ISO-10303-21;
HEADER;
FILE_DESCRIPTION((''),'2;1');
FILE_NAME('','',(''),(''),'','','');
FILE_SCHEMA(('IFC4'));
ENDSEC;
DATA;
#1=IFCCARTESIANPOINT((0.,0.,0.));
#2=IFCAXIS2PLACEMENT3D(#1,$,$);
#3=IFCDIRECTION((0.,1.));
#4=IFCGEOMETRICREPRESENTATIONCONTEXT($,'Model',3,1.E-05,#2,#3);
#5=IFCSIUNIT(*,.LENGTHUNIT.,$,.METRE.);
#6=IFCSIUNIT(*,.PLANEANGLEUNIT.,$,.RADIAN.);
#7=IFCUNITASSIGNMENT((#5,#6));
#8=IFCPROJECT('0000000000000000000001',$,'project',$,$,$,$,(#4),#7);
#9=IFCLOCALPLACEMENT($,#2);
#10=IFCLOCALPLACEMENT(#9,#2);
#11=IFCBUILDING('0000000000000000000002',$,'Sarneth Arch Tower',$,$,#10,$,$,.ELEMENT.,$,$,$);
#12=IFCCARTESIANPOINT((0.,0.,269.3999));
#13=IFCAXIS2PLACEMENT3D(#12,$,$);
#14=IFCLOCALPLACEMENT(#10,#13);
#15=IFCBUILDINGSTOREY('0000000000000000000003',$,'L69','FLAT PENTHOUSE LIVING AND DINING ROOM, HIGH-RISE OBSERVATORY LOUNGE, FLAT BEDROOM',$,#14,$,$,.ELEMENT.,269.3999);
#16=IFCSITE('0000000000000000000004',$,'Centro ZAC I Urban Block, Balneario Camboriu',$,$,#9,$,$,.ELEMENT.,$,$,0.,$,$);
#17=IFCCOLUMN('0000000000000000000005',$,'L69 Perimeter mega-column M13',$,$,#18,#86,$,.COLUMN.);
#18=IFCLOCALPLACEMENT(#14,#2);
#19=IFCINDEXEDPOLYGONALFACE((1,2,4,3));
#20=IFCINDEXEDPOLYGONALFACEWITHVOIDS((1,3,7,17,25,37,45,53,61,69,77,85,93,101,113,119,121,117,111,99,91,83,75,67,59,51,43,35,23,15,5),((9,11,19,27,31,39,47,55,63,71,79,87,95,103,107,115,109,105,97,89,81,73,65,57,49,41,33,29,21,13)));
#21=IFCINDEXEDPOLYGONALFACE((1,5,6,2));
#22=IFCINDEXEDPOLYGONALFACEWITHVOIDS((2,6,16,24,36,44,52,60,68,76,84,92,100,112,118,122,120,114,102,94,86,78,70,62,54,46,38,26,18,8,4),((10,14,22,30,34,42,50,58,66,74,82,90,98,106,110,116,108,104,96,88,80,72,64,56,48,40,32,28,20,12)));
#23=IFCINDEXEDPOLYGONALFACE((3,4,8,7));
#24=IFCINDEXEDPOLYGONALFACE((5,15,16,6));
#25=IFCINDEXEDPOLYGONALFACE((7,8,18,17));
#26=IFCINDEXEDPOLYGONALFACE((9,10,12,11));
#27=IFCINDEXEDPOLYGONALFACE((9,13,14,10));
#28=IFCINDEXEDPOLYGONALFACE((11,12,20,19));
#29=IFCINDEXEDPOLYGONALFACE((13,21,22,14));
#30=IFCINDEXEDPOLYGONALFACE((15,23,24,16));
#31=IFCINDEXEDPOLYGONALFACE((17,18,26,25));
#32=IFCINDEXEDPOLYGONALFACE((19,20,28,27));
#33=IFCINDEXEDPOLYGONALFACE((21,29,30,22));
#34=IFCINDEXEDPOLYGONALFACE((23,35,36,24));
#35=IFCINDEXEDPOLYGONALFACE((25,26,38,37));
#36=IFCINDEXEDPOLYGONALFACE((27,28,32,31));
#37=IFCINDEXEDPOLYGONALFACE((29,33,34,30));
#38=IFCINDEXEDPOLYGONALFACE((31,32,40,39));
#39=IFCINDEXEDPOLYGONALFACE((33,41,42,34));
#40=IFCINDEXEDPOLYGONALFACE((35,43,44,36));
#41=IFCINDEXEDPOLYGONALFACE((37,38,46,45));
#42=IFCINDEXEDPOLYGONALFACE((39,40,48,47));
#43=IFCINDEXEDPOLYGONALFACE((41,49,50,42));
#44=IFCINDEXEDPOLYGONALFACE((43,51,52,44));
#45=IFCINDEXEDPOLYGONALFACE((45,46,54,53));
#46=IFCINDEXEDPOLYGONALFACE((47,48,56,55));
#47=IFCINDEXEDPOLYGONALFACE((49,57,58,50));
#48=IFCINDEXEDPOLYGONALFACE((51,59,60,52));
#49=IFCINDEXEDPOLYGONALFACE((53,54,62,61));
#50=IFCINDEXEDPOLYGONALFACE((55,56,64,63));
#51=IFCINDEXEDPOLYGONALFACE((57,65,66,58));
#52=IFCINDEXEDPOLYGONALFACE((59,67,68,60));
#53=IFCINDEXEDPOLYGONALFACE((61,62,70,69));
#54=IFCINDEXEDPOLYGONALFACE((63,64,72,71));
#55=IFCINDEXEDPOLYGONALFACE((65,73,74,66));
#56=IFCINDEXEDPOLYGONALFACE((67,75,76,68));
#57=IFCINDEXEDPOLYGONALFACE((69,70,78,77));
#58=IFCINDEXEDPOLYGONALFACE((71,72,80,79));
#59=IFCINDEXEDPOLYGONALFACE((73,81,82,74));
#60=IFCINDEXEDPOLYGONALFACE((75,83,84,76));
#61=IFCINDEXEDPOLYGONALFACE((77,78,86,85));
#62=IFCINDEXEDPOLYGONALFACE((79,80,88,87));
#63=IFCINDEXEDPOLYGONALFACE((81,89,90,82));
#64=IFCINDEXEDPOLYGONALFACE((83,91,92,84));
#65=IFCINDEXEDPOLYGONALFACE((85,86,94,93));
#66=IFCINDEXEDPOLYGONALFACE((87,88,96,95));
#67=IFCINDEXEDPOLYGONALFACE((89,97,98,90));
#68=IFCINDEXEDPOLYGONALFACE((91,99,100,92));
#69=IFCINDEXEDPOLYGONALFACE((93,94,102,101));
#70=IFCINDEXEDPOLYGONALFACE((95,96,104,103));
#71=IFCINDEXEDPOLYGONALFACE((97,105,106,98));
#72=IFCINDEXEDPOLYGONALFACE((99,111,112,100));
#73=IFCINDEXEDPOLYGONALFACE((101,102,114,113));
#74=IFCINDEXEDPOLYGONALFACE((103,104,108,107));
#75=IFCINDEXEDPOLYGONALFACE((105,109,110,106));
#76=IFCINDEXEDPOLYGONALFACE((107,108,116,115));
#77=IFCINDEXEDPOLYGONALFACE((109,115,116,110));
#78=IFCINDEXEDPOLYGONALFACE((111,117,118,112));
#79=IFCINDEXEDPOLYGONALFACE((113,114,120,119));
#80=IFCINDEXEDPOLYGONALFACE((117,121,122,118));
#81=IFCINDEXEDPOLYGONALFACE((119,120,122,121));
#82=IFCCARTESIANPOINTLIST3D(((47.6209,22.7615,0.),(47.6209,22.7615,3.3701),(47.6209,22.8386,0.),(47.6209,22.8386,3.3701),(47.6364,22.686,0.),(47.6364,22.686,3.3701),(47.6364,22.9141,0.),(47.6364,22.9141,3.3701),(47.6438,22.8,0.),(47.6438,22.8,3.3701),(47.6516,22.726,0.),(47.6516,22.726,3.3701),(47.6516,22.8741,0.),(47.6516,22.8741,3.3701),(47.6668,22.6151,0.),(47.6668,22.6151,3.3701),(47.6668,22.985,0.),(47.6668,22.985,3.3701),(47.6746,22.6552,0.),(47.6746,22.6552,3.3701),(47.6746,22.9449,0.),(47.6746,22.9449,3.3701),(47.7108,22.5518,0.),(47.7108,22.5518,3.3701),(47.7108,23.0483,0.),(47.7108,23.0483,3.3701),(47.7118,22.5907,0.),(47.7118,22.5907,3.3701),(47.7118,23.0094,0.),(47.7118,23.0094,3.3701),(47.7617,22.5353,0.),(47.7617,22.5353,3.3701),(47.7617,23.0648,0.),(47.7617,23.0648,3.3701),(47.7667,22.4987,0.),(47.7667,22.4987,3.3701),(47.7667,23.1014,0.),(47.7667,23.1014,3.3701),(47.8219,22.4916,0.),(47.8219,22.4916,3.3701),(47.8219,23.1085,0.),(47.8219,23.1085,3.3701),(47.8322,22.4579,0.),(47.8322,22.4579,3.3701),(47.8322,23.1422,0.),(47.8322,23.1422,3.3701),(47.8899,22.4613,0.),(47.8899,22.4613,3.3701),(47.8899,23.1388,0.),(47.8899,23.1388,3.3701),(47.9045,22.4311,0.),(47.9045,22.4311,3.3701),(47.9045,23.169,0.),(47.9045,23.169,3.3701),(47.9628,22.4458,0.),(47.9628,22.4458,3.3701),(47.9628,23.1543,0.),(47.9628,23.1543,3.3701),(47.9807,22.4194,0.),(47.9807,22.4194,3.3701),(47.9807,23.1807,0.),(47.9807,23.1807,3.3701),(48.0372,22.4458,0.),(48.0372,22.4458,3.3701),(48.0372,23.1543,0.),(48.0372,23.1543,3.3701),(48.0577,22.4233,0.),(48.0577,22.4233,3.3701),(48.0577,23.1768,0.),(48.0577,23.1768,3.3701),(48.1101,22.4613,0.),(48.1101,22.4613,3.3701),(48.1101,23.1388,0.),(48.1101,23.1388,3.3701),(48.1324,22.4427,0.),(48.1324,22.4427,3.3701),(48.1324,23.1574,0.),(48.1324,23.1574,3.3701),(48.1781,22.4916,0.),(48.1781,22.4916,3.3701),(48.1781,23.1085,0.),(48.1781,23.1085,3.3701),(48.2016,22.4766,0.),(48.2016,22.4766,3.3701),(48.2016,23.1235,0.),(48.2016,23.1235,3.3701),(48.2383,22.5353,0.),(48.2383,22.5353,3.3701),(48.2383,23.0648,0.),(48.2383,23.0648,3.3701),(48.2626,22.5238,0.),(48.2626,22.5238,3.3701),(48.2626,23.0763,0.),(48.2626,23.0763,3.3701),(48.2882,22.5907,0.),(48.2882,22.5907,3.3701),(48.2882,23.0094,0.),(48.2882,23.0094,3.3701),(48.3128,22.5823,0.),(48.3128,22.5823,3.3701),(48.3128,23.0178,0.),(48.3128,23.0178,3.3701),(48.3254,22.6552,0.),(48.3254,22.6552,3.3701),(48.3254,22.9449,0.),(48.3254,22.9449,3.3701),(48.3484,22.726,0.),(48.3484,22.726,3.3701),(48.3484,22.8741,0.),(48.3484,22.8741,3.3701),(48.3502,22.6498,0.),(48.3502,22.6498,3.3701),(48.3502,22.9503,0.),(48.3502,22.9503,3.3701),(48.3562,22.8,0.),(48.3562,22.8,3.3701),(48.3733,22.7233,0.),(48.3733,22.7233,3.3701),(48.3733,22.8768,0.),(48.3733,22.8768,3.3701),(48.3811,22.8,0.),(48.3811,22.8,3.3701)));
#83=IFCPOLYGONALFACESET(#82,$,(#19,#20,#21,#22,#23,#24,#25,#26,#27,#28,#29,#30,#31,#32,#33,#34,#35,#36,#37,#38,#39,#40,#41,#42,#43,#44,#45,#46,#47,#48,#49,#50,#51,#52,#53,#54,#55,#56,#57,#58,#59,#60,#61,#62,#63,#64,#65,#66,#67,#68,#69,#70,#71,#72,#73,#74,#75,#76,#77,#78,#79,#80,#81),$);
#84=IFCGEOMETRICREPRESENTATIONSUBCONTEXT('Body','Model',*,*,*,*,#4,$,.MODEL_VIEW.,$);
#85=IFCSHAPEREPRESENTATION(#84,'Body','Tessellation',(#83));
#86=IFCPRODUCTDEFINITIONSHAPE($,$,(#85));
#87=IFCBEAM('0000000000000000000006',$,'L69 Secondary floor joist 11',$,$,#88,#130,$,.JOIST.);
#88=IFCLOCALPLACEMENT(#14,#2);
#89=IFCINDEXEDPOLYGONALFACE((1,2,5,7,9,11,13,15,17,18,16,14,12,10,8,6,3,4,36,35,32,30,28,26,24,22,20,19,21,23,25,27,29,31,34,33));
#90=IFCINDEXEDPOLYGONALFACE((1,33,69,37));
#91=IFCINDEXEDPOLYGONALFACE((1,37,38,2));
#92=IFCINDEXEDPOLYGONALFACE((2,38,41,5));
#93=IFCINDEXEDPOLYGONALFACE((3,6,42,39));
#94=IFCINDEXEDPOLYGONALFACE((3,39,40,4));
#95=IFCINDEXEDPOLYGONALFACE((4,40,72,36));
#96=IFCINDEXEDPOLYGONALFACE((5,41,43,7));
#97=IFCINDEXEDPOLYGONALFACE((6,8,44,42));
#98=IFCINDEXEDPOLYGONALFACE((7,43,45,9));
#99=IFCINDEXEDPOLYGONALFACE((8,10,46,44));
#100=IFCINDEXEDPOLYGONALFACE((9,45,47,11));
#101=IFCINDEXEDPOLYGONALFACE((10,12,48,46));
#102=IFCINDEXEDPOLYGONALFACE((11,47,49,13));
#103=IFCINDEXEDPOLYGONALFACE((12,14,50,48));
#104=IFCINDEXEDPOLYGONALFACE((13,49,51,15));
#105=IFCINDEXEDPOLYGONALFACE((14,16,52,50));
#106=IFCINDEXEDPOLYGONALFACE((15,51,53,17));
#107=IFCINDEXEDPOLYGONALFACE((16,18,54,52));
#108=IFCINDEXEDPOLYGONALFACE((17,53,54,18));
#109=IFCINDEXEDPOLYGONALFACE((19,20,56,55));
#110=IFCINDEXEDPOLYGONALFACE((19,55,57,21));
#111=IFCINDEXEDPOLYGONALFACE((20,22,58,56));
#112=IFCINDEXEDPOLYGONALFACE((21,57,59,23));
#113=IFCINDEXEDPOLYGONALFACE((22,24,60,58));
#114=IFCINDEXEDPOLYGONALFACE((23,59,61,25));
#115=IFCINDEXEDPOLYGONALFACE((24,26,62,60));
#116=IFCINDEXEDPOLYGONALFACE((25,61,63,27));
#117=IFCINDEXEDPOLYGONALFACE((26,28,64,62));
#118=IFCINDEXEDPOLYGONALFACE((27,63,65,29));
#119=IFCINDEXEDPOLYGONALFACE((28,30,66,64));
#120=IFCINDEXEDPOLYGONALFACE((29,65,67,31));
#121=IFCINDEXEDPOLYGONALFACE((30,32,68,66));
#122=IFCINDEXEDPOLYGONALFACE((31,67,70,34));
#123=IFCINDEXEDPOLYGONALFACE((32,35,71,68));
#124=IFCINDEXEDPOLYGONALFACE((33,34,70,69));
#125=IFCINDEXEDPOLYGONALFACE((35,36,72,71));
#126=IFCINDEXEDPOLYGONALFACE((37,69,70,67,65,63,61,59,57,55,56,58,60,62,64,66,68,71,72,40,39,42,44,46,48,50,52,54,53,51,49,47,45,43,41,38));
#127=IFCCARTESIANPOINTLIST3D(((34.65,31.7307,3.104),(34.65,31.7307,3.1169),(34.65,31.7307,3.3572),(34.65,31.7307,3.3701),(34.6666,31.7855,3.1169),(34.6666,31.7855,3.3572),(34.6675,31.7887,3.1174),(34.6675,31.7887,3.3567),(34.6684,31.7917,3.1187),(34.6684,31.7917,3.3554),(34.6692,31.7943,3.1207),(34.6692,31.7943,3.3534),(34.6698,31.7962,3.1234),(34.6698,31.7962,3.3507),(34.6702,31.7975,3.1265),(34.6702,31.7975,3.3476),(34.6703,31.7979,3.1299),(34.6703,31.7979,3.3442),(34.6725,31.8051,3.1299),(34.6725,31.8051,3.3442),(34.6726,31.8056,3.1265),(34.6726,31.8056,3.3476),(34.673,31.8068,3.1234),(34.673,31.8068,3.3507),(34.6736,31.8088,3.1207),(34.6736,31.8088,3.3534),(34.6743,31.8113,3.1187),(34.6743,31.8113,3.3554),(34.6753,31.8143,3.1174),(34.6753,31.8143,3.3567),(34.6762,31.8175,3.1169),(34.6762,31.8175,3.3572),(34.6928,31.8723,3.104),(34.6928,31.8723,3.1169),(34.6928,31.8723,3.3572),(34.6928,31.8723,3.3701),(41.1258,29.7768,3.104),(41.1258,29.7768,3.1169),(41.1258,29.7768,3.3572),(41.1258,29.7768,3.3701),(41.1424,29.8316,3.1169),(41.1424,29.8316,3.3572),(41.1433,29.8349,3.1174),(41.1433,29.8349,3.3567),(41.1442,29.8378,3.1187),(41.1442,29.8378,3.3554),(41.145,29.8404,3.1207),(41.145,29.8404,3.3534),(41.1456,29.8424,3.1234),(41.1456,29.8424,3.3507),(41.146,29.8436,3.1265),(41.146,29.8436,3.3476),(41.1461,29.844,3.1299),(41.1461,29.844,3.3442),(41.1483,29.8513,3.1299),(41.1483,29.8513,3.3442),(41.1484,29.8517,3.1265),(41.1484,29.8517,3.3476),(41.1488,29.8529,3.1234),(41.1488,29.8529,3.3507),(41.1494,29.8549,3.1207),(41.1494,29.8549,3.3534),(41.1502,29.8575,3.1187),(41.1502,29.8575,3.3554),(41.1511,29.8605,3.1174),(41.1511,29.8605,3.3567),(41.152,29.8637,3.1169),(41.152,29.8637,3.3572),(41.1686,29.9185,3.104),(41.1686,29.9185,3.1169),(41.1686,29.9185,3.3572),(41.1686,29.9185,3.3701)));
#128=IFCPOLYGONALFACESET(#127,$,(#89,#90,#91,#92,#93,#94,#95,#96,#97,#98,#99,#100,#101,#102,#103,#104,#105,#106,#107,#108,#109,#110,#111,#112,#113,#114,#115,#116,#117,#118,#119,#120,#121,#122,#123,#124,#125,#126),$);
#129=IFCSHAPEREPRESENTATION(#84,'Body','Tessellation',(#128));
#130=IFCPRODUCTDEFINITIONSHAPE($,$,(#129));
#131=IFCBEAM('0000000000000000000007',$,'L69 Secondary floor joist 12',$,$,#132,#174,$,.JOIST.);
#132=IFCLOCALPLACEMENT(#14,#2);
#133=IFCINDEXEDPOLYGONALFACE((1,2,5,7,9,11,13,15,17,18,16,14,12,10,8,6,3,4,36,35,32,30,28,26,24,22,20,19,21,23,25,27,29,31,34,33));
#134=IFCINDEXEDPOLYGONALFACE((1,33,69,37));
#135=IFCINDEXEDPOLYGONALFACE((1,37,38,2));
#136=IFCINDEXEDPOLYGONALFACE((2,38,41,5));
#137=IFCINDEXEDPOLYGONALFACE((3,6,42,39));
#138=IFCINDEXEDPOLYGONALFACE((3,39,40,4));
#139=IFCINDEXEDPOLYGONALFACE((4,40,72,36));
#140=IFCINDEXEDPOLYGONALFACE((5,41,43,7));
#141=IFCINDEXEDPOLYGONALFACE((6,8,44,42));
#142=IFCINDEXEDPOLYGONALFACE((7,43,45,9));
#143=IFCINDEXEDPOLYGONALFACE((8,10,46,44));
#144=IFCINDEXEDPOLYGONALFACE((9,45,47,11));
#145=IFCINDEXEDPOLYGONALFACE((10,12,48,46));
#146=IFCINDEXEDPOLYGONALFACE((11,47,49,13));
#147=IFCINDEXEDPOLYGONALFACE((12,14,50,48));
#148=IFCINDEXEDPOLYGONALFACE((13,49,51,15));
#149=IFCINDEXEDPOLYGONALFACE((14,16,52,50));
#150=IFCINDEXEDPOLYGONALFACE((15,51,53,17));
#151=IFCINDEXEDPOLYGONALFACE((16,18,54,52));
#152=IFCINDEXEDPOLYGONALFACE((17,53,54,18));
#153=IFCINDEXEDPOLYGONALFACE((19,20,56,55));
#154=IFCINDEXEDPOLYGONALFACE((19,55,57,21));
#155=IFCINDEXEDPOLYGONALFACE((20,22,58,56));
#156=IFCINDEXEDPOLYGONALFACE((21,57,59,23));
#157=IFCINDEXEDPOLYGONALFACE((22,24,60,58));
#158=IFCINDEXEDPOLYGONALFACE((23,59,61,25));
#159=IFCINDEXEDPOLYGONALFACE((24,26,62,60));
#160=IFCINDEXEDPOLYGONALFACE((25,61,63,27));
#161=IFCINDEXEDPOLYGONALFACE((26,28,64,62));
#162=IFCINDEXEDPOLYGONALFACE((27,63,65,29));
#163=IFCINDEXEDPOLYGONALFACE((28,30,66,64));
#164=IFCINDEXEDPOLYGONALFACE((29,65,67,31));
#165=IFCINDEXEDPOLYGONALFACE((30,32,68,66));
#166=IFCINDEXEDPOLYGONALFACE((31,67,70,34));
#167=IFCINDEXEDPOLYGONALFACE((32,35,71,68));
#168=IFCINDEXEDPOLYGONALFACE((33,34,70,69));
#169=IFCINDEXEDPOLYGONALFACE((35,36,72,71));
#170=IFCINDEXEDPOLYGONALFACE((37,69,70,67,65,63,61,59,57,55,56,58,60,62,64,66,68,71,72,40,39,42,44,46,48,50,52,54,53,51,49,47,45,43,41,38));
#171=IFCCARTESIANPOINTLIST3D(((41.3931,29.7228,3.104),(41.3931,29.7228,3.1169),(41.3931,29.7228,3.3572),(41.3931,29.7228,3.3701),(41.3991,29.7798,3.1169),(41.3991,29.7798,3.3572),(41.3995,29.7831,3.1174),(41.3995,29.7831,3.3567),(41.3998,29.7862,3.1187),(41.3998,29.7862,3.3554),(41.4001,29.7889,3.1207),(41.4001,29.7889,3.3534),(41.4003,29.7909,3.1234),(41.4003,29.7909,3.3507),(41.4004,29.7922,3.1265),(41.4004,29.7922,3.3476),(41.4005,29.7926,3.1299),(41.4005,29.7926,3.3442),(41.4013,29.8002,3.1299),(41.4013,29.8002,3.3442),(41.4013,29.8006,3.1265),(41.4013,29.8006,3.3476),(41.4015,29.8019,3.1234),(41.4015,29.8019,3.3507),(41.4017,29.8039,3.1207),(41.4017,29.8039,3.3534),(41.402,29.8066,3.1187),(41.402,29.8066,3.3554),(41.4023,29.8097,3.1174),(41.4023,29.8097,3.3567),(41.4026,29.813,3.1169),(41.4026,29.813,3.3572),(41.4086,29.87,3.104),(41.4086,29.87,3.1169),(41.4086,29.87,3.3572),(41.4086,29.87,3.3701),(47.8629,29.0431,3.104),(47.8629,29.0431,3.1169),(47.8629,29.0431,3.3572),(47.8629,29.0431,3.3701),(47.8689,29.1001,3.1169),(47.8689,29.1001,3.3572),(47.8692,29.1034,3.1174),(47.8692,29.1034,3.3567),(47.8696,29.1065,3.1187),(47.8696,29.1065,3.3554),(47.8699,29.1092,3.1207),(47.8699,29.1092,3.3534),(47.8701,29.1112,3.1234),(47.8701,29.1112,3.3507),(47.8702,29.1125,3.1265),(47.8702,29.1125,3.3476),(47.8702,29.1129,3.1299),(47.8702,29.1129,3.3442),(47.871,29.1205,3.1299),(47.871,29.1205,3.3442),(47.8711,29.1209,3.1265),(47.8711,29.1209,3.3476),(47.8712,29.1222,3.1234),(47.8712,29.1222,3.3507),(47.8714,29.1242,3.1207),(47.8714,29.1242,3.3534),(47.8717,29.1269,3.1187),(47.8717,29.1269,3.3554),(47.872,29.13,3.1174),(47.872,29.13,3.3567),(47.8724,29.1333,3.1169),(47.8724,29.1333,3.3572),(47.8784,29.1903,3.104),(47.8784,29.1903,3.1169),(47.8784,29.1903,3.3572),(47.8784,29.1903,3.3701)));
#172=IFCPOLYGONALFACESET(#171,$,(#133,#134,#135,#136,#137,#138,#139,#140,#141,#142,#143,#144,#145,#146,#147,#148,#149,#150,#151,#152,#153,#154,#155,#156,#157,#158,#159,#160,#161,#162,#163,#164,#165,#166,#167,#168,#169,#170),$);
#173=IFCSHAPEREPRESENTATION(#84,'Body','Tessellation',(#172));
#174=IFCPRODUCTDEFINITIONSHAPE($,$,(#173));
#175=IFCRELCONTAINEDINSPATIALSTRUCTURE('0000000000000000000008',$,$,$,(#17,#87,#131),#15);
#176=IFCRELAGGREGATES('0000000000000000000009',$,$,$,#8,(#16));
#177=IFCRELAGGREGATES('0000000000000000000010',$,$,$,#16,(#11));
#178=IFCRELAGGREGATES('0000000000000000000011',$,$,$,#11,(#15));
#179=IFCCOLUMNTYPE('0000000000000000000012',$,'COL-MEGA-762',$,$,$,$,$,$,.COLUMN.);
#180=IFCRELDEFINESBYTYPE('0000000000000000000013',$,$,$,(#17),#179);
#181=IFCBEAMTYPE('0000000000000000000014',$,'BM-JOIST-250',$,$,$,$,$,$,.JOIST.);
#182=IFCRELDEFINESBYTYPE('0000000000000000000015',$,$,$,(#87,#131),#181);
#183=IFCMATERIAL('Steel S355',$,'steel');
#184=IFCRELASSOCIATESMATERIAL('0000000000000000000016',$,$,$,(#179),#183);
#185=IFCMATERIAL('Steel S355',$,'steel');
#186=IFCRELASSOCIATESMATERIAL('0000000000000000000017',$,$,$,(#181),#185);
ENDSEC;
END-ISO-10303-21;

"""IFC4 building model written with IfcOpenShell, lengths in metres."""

from ifc_helpers import new_model, si_unit, direction, frame, origin, origin_2d, place, context, subcontext, project, spatial, hollow_circle, i_section, extrude, material, material_profile, profile_set, type_object, element, save


model = new_model("IFC4")

# Units and contexts
model_context = context("Model", 3, precision=1e-05, world=origin(), true_north=direction((0.0, 1.0)))
body_context = subcontext(model_context, "Body", "Model", "MODEL_VIEW")
ifc_project = project(units=[si_unit("LENGTHUNIT", "METRE"), si_unit("PLANEANGLEUNIT", "RADIAN")], contexts=[model_context])

# Site, building, storey
site_placement = place(None, origin())
site = spatial("IfcSite", under=ifc_project, at=site_placement, Name="Centro ZAC I Urban Block, Balneario Camboriu", CompositionType="ELEMENT", RefElevation=0.0)
building_placement = place(site_placement, origin())
building = spatial("IfcBuilding", under=site, at=building_placement, Name="Sarneth Arch Tower", CompositionType="ELEMENT")
storey_placement = place(building_placement, frame((0.0, 0.0, 269.3999)))
storey = spatial("IfcBuildingStorey", under=building, at=storey_placement, Name="L69", Description="FLAT PENTHOUSE LIVING AND DINING ROOM, HIGH-RISE OBSERVATORY LOUNGE, FLAT BEDROOM", CompositionType="ELEMENT", Elevation=269.3999)

# Column
ifc_material_1 = material(Name="Steel S355", Category="steel")
ifc_material_profile_1 = material_profile(ifc_material_1, hollow_circle(Radius=0.3811, WallThickness=0.0249, at=origin_2d()), Name="CHS762x25")
ifc_profile_set_1 = profile_set([ifc_material_profile_1], Name="Steel S355")
column_type = type_object("IfcColumnType", Name="COL-MEGA-762", PredefinedType="COLUMN", material=ifc_profile_set_1)
for number, where, z_axis, x_axis, name in (
    (1, (48.0, 22.8, 0.0), (0.0, 0.0, 1.0), (1.0, 0.0, 0.0), "L69 Perimeter mega-column M13"),
):
    element("IfcColumn", number, at=place(storey_placement, frame(where, z_axis=z_axis, x_axis=x_axis)), inside=storey, type_object=column_type, Name=name, PredefinedType="COLUMN", context=body_context, shape_type="SweptSolid", body=[
        extrude(hollow_circle(Radius=0.3811, WallThickness=0.0249, at=origin_2d()), origin(), (0.0, 0.0, 1.0), 3.3701),
    ])

# Beams
ifc_material_2 = material(Name="Steel S355", Category="steel")
ifc_material_profile_2 = material_profile(ifc_material_2, i_section(OverallWidth=0.1479, OverallDepth=0.2661, WebThickness=0.0076, FlangeThickness=0.0129, FilletRadius=0.0129, at=origin_2d()), Name="W250x44.8")
ifc_profile_set_2 = profile_set([ifc_material_profile_2], Name="Steel S355")
beam_type_1 = type_object("IfcBeamType", Name="BM-JOIST-250", PredefinedType="JOIST", material=ifc_profile_set_2)
beam_1_placement = place(storey_placement, frame((34.6714, 31.8015, 3.2371), z_axis=(0.957373, -0.288854, 0.0), x_axis=(0.288854, 0.957373, 0.0)))
element("IfcBeam", 2, at=beam_1_placement, inside=storey, type_object=beam_type_1, Name="L69 Secondary floor joist 11", PredefinedType="JOIST", context=body_context, shape_type="SweptSolid", body=[
    extrude(i_section(OverallWidth=0.1479, OverallDepth=0.2661, WebThickness=0.0076, FlangeThickness=0.0129, FilletRadius=0.0129, at=origin_2d()), origin(), (0.0, 0.0, 1.0), 6.7642),
])
beam_2_placement = place(storey_placement, frame((41.4009, 29.7964, 3.2371), z_axis=(0.994527, -0.104482, 0.0), x_axis=(0.104482, 0.994527, 0.0)))
element("IfcBeam", 3, at=beam_2_placement, inside=storey, type_object=beam_type_1, Name="L69 Secondary floor joist 12", PredefinedType="JOIST", context=body_context, shape_type="SweptSolid", body=[
    extrude(i_section(OverallWidth=0.1479, OverallDepth=0.2661, WebThickness=0.0076, FlangeThickness=0.0129, FilletRadius=0.0129, at=origin_2d()), origin(), (0.0, 0.0, 1.0), 6.5054),
])

save(model, "model.ifc")
